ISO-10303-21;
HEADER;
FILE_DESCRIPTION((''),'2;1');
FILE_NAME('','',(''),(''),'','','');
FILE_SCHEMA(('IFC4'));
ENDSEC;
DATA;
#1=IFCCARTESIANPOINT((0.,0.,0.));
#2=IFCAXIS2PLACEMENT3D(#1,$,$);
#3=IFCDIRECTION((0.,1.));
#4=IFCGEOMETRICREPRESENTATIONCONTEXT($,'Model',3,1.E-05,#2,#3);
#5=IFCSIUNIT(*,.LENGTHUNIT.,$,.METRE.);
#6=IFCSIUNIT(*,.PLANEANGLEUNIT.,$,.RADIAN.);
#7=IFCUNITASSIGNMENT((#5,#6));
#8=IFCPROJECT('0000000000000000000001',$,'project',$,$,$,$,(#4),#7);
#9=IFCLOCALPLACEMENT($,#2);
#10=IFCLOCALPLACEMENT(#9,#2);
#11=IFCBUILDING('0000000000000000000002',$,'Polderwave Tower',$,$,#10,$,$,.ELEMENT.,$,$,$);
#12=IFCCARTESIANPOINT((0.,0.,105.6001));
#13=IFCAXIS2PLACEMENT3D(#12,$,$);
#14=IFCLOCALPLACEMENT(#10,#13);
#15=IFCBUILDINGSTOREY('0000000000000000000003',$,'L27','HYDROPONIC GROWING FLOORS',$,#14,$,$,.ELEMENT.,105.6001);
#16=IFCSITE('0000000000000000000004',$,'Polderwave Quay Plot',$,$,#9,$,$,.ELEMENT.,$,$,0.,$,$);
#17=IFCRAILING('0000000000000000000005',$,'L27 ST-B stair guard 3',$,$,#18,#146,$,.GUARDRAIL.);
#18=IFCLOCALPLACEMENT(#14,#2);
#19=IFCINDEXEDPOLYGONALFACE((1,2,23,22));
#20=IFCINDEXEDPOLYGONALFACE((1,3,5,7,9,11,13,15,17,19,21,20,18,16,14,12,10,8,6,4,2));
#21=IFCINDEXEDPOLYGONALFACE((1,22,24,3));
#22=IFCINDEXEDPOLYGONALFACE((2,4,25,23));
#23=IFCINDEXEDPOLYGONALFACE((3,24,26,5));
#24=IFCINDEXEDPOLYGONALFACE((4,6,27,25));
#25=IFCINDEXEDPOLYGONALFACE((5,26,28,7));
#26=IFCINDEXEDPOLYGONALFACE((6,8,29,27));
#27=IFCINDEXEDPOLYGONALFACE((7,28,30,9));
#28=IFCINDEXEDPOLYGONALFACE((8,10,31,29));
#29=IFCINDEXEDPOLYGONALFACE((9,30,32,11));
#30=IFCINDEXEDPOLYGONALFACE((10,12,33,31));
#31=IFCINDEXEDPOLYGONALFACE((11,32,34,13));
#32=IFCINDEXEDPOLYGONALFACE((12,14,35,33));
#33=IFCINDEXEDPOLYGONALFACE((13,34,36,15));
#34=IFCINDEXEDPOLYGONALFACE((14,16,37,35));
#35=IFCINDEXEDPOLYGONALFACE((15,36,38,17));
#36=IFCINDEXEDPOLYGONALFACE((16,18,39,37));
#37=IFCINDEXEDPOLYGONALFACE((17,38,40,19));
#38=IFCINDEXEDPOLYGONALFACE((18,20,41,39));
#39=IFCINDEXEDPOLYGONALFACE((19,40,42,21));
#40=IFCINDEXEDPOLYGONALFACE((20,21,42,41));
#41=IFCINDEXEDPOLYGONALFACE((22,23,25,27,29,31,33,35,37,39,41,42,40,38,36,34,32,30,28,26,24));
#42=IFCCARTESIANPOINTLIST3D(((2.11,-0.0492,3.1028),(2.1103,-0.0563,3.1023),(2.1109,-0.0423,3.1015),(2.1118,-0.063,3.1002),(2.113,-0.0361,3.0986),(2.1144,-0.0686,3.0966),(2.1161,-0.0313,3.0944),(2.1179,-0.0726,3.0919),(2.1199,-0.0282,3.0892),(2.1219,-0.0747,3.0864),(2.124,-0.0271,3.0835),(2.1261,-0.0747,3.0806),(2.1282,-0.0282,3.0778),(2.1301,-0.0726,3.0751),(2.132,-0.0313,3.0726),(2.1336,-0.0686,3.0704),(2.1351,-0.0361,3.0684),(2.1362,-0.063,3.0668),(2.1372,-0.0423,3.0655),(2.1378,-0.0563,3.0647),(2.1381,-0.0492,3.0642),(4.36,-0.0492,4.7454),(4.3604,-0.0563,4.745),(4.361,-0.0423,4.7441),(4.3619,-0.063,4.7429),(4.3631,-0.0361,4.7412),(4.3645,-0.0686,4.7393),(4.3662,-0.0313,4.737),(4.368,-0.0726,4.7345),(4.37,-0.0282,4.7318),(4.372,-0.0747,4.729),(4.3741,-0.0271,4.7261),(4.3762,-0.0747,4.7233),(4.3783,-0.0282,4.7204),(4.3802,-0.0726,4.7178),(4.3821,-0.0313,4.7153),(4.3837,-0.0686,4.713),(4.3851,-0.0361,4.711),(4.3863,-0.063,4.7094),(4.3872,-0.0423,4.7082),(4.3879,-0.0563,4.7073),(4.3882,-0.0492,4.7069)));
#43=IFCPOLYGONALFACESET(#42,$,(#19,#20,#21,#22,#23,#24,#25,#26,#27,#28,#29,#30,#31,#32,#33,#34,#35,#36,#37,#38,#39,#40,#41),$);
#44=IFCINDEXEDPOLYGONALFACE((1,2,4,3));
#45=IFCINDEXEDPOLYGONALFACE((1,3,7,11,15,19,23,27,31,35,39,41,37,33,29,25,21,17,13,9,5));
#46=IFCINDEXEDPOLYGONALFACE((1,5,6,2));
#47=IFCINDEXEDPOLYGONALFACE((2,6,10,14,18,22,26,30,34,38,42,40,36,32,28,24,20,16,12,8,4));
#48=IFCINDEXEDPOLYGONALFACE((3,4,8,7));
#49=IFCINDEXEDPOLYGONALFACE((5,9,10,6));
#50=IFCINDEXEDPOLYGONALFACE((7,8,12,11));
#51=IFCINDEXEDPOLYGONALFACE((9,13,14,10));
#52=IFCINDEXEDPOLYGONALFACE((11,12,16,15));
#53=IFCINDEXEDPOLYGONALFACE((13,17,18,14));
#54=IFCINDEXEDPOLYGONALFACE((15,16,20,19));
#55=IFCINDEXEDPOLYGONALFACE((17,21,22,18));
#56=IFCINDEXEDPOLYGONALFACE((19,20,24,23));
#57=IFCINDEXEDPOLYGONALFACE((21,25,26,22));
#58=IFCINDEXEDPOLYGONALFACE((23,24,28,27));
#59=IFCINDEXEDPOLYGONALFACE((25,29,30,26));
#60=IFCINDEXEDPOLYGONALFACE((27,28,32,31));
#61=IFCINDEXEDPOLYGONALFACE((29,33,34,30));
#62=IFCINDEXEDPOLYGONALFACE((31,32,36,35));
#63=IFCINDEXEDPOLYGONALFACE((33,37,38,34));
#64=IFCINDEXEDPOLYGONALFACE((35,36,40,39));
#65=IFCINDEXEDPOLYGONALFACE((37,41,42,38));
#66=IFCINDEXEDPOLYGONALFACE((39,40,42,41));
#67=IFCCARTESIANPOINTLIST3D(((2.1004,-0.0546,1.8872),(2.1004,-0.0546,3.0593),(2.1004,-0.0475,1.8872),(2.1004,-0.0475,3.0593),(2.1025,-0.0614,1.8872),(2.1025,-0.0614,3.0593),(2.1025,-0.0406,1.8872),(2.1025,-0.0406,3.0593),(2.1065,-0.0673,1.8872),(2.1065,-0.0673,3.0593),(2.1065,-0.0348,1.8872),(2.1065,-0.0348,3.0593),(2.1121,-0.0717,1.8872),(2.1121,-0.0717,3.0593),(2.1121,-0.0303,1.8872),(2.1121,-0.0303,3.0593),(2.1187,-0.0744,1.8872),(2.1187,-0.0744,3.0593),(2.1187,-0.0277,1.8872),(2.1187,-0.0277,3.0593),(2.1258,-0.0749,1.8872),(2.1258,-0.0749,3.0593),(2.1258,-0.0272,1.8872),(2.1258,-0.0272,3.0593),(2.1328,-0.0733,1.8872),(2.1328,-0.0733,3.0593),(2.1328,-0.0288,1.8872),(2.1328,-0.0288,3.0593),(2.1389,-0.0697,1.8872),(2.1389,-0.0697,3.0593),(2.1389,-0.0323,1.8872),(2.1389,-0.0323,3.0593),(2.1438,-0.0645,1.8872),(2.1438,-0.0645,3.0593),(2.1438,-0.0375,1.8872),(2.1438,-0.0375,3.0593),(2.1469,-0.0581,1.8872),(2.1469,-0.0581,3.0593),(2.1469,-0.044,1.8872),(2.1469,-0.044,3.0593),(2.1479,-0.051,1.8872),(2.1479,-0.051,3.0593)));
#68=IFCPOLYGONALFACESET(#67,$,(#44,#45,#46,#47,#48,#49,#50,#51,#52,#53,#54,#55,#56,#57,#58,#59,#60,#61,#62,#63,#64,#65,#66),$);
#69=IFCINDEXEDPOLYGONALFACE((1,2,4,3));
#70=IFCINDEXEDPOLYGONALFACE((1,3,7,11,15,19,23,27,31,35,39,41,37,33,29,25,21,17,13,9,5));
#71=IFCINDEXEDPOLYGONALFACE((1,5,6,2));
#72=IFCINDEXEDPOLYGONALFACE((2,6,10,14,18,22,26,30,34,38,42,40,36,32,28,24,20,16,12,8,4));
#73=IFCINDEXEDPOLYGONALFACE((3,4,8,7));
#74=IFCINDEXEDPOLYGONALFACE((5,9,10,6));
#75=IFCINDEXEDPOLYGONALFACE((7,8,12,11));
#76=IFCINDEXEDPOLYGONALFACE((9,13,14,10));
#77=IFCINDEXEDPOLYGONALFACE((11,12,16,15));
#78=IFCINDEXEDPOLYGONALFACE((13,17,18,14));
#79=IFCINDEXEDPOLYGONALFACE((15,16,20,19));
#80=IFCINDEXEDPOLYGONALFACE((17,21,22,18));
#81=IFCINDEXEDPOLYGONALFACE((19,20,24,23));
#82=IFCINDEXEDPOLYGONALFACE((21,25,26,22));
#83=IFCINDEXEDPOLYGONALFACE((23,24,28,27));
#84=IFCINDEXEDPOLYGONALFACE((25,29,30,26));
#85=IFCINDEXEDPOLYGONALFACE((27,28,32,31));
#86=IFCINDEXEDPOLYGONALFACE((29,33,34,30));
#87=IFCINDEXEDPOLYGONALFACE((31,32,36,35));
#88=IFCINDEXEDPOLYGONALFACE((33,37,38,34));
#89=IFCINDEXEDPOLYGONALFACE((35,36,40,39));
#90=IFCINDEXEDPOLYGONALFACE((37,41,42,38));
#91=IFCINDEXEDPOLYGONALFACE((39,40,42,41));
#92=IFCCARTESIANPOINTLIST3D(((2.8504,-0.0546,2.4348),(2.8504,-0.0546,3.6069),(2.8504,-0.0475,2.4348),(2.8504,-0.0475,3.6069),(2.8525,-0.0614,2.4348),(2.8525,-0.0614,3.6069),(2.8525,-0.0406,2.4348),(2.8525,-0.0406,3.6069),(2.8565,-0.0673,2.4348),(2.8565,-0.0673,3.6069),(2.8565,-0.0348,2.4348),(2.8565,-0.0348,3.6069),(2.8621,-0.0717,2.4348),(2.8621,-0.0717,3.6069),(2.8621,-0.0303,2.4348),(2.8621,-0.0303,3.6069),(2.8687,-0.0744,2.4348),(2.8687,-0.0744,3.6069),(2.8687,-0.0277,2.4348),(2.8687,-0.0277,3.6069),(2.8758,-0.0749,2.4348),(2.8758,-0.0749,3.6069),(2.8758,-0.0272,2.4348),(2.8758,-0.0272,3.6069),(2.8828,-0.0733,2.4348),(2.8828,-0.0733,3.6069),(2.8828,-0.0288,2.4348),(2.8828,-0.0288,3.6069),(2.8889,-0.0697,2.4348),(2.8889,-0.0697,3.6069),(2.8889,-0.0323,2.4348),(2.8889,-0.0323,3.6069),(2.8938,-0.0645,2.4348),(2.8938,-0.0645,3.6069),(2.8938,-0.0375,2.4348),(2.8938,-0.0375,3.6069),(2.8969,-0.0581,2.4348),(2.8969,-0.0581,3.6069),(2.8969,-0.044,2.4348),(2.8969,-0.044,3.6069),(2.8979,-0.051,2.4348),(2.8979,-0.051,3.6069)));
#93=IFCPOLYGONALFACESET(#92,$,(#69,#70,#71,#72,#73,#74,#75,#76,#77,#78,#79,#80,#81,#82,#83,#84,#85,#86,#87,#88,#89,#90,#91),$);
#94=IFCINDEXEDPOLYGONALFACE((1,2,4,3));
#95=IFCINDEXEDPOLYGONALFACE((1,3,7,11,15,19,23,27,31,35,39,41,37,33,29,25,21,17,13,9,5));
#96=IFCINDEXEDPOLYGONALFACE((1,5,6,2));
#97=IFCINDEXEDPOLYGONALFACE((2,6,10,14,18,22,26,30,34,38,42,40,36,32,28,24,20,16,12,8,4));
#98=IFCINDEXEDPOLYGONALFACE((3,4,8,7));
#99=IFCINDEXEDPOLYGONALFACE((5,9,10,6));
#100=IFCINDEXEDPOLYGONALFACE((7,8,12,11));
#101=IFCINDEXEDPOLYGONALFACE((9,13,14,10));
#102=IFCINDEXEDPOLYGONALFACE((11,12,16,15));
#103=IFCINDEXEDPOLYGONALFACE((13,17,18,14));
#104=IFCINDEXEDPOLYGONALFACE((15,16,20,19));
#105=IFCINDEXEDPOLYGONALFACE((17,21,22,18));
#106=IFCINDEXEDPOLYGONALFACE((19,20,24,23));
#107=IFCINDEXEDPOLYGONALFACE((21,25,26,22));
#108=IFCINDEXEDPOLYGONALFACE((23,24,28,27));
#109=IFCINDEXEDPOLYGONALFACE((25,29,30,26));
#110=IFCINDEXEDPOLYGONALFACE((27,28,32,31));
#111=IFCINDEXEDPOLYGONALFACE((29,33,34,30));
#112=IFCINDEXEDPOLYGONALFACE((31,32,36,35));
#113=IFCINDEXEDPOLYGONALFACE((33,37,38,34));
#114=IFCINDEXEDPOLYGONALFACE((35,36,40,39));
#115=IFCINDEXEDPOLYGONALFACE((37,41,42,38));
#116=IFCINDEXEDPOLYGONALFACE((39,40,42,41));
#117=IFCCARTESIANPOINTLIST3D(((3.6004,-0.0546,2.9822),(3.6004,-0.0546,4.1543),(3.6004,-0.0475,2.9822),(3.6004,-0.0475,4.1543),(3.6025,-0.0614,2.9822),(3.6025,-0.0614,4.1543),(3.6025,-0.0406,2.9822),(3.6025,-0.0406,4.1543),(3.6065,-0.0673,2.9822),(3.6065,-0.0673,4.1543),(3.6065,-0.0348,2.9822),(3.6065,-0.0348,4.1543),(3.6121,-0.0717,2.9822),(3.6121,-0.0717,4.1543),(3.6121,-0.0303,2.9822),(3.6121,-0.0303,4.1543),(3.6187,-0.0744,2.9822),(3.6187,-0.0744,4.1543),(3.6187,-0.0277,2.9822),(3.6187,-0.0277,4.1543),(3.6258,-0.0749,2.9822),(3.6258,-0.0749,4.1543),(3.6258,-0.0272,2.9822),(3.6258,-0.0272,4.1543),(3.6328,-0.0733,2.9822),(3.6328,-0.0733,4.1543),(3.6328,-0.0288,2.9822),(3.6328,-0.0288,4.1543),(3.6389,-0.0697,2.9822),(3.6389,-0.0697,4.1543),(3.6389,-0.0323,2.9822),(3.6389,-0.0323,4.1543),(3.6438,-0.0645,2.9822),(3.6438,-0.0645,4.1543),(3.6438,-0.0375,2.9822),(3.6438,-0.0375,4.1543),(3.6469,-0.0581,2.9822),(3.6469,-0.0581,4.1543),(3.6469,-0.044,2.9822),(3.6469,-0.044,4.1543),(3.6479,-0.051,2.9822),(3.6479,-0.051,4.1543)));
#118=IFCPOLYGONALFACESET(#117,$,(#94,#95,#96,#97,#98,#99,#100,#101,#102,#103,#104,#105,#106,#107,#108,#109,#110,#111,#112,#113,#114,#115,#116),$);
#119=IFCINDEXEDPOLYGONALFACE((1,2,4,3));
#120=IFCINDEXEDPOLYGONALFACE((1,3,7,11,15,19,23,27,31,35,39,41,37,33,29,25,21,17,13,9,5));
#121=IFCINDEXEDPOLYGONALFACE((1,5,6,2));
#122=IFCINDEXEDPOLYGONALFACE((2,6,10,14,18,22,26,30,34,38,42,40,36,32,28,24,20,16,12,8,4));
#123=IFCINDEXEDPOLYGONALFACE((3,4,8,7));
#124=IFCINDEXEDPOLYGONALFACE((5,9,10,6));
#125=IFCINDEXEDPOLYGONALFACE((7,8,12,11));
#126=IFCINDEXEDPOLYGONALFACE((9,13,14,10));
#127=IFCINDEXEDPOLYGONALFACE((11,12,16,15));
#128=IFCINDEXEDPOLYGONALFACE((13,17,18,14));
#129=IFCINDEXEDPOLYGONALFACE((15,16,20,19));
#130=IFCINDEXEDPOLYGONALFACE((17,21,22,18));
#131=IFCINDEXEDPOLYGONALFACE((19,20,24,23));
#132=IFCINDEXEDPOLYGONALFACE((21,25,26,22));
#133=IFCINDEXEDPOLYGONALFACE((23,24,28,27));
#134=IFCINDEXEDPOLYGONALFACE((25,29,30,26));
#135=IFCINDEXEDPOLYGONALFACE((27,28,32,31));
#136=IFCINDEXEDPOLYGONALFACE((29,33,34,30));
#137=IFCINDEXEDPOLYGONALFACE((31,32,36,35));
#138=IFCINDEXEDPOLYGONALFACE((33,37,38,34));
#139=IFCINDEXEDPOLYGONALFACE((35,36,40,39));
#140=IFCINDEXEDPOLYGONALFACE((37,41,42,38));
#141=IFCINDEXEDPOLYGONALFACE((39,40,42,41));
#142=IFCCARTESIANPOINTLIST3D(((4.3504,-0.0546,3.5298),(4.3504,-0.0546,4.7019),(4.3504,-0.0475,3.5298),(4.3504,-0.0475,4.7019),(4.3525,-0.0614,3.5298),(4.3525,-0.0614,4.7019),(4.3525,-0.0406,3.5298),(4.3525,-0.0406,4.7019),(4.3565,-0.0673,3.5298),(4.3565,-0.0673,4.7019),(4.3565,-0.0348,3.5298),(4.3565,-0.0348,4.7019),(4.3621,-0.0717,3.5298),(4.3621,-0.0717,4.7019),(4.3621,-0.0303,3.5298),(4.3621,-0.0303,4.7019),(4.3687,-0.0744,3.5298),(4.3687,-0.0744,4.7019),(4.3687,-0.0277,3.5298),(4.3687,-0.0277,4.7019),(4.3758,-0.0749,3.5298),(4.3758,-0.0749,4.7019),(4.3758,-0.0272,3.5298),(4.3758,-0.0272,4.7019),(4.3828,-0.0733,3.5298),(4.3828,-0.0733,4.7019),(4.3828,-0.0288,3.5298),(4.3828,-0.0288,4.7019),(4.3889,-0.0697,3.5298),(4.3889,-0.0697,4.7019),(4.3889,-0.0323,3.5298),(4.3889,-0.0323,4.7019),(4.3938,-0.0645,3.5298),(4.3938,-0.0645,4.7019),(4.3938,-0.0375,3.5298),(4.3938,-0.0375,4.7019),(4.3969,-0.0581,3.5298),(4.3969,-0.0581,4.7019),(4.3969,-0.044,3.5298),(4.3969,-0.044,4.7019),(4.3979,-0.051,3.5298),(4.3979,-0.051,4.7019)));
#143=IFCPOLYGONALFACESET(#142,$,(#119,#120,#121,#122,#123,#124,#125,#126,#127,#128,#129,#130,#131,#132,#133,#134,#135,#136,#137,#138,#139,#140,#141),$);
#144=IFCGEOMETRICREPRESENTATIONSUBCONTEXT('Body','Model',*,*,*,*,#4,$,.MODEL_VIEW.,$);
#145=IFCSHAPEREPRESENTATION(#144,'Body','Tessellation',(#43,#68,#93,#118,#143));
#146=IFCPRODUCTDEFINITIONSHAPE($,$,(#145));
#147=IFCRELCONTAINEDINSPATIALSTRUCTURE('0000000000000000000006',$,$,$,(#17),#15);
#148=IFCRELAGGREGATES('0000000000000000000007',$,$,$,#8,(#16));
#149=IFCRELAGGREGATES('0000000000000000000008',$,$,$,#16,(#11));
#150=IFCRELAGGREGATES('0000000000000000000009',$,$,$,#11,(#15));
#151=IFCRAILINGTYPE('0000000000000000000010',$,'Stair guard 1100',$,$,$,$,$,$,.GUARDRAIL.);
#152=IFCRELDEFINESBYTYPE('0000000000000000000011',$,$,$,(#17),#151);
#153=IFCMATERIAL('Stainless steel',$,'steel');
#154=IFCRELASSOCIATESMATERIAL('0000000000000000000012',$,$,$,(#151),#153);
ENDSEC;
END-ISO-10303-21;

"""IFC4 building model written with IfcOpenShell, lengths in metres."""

from ifc_helpers import new_model, si_unit, direction, frame, origin, origin_2d, place, context, subcontext, project, spatial, circle, extrude, material, type_object, element, save


model = new_model("IFC4")

# Units and contexts
model_context = context("Model", 3, precision=1e-05, world=origin(), true_north=direction((0.0, 1.0)))
body_context = subcontext(model_context, "Body", "Model", "MODEL_VIEW")
ifc_project = project(units=[si_unit("LENGTHUNIT", "METRE"), si_unit("PLANEANGLEUNIT", "RADIAN")], contexts=[model_context])

# Site, building, storey
site_placement = place(None, origin())
site = spatial("IfcSite", under=ifc_project, at=site_placement, Name="Polderwave Quay Plot", CompositionType="ELEMENT", RefElevation=0.0)
building_placement = place(site_placement, origin())
building = spatial("IfcBuilding", under=site, at=building_placement, Name="Polderwave Tower", CompositionType="ELEMENT")
storey_placement = place(building_placement, frame((0.0, 0.0, 105.6001)))
storey = spatial("IfcBuildingStorey", under=building, at=storey_placement, Name="L27", Description="HYDROPONIC GROWING FLOORS", CompositionType="ELEMENT", Elevation=105.6001)

# Railing
ifc_material_1 = material(Name="Stainless steel", Category="steel")
railing_type_1 = type_object("IfcRailingType", Name="Stair guard 1100", PredefinedType="GUARDRAIL", material=ifc_material_1)
railing_1_placement = place(storey_placement, frame((2.124, -0.051, 1.8872)))
element("IfcRailing", 1, at=railing_1_placement, inside=storey, type_object=railing_type_1, Name="L27 ST-B stair guard 3", PredefinedType="GUARDRAIL", context=body_context, shape_type="SweptSolid", body=[
    extrude(circle(Radius=0.0239, at=origin_2d()), frame((0.0, 0.0, 1.1963), z_axis=(0.807674, 0.0, 0.58963), x_axis=(0.0, 1.0, 0.0)), (0.0, 0.0, 1.0), 2.7859),
    extrude(circle(Radius=0.0239, at=origin_2d()), origin(), (0.0, 0.0, 1.0), 1.1721),
    extrude(circle(Radius=0.0239, at=origin_2d()), frame((0.75, 0.0, 0.5476)), (0.0, 0.0, 1.0), 1.1721),
    extrude(circle(Radius=0.0239, at=origin_2d()), frame((1.5, 0.0, 1.095)), (0.0, 0.0, 1.0), 1.1721),
    extrude(circle(Radius=0.0239, at=origin_2d()), frame((2.25, 0.0, 1.6426)), (0.0, 0.0, 1.0), 1.1721),
])

save(model, "model.ifc")
